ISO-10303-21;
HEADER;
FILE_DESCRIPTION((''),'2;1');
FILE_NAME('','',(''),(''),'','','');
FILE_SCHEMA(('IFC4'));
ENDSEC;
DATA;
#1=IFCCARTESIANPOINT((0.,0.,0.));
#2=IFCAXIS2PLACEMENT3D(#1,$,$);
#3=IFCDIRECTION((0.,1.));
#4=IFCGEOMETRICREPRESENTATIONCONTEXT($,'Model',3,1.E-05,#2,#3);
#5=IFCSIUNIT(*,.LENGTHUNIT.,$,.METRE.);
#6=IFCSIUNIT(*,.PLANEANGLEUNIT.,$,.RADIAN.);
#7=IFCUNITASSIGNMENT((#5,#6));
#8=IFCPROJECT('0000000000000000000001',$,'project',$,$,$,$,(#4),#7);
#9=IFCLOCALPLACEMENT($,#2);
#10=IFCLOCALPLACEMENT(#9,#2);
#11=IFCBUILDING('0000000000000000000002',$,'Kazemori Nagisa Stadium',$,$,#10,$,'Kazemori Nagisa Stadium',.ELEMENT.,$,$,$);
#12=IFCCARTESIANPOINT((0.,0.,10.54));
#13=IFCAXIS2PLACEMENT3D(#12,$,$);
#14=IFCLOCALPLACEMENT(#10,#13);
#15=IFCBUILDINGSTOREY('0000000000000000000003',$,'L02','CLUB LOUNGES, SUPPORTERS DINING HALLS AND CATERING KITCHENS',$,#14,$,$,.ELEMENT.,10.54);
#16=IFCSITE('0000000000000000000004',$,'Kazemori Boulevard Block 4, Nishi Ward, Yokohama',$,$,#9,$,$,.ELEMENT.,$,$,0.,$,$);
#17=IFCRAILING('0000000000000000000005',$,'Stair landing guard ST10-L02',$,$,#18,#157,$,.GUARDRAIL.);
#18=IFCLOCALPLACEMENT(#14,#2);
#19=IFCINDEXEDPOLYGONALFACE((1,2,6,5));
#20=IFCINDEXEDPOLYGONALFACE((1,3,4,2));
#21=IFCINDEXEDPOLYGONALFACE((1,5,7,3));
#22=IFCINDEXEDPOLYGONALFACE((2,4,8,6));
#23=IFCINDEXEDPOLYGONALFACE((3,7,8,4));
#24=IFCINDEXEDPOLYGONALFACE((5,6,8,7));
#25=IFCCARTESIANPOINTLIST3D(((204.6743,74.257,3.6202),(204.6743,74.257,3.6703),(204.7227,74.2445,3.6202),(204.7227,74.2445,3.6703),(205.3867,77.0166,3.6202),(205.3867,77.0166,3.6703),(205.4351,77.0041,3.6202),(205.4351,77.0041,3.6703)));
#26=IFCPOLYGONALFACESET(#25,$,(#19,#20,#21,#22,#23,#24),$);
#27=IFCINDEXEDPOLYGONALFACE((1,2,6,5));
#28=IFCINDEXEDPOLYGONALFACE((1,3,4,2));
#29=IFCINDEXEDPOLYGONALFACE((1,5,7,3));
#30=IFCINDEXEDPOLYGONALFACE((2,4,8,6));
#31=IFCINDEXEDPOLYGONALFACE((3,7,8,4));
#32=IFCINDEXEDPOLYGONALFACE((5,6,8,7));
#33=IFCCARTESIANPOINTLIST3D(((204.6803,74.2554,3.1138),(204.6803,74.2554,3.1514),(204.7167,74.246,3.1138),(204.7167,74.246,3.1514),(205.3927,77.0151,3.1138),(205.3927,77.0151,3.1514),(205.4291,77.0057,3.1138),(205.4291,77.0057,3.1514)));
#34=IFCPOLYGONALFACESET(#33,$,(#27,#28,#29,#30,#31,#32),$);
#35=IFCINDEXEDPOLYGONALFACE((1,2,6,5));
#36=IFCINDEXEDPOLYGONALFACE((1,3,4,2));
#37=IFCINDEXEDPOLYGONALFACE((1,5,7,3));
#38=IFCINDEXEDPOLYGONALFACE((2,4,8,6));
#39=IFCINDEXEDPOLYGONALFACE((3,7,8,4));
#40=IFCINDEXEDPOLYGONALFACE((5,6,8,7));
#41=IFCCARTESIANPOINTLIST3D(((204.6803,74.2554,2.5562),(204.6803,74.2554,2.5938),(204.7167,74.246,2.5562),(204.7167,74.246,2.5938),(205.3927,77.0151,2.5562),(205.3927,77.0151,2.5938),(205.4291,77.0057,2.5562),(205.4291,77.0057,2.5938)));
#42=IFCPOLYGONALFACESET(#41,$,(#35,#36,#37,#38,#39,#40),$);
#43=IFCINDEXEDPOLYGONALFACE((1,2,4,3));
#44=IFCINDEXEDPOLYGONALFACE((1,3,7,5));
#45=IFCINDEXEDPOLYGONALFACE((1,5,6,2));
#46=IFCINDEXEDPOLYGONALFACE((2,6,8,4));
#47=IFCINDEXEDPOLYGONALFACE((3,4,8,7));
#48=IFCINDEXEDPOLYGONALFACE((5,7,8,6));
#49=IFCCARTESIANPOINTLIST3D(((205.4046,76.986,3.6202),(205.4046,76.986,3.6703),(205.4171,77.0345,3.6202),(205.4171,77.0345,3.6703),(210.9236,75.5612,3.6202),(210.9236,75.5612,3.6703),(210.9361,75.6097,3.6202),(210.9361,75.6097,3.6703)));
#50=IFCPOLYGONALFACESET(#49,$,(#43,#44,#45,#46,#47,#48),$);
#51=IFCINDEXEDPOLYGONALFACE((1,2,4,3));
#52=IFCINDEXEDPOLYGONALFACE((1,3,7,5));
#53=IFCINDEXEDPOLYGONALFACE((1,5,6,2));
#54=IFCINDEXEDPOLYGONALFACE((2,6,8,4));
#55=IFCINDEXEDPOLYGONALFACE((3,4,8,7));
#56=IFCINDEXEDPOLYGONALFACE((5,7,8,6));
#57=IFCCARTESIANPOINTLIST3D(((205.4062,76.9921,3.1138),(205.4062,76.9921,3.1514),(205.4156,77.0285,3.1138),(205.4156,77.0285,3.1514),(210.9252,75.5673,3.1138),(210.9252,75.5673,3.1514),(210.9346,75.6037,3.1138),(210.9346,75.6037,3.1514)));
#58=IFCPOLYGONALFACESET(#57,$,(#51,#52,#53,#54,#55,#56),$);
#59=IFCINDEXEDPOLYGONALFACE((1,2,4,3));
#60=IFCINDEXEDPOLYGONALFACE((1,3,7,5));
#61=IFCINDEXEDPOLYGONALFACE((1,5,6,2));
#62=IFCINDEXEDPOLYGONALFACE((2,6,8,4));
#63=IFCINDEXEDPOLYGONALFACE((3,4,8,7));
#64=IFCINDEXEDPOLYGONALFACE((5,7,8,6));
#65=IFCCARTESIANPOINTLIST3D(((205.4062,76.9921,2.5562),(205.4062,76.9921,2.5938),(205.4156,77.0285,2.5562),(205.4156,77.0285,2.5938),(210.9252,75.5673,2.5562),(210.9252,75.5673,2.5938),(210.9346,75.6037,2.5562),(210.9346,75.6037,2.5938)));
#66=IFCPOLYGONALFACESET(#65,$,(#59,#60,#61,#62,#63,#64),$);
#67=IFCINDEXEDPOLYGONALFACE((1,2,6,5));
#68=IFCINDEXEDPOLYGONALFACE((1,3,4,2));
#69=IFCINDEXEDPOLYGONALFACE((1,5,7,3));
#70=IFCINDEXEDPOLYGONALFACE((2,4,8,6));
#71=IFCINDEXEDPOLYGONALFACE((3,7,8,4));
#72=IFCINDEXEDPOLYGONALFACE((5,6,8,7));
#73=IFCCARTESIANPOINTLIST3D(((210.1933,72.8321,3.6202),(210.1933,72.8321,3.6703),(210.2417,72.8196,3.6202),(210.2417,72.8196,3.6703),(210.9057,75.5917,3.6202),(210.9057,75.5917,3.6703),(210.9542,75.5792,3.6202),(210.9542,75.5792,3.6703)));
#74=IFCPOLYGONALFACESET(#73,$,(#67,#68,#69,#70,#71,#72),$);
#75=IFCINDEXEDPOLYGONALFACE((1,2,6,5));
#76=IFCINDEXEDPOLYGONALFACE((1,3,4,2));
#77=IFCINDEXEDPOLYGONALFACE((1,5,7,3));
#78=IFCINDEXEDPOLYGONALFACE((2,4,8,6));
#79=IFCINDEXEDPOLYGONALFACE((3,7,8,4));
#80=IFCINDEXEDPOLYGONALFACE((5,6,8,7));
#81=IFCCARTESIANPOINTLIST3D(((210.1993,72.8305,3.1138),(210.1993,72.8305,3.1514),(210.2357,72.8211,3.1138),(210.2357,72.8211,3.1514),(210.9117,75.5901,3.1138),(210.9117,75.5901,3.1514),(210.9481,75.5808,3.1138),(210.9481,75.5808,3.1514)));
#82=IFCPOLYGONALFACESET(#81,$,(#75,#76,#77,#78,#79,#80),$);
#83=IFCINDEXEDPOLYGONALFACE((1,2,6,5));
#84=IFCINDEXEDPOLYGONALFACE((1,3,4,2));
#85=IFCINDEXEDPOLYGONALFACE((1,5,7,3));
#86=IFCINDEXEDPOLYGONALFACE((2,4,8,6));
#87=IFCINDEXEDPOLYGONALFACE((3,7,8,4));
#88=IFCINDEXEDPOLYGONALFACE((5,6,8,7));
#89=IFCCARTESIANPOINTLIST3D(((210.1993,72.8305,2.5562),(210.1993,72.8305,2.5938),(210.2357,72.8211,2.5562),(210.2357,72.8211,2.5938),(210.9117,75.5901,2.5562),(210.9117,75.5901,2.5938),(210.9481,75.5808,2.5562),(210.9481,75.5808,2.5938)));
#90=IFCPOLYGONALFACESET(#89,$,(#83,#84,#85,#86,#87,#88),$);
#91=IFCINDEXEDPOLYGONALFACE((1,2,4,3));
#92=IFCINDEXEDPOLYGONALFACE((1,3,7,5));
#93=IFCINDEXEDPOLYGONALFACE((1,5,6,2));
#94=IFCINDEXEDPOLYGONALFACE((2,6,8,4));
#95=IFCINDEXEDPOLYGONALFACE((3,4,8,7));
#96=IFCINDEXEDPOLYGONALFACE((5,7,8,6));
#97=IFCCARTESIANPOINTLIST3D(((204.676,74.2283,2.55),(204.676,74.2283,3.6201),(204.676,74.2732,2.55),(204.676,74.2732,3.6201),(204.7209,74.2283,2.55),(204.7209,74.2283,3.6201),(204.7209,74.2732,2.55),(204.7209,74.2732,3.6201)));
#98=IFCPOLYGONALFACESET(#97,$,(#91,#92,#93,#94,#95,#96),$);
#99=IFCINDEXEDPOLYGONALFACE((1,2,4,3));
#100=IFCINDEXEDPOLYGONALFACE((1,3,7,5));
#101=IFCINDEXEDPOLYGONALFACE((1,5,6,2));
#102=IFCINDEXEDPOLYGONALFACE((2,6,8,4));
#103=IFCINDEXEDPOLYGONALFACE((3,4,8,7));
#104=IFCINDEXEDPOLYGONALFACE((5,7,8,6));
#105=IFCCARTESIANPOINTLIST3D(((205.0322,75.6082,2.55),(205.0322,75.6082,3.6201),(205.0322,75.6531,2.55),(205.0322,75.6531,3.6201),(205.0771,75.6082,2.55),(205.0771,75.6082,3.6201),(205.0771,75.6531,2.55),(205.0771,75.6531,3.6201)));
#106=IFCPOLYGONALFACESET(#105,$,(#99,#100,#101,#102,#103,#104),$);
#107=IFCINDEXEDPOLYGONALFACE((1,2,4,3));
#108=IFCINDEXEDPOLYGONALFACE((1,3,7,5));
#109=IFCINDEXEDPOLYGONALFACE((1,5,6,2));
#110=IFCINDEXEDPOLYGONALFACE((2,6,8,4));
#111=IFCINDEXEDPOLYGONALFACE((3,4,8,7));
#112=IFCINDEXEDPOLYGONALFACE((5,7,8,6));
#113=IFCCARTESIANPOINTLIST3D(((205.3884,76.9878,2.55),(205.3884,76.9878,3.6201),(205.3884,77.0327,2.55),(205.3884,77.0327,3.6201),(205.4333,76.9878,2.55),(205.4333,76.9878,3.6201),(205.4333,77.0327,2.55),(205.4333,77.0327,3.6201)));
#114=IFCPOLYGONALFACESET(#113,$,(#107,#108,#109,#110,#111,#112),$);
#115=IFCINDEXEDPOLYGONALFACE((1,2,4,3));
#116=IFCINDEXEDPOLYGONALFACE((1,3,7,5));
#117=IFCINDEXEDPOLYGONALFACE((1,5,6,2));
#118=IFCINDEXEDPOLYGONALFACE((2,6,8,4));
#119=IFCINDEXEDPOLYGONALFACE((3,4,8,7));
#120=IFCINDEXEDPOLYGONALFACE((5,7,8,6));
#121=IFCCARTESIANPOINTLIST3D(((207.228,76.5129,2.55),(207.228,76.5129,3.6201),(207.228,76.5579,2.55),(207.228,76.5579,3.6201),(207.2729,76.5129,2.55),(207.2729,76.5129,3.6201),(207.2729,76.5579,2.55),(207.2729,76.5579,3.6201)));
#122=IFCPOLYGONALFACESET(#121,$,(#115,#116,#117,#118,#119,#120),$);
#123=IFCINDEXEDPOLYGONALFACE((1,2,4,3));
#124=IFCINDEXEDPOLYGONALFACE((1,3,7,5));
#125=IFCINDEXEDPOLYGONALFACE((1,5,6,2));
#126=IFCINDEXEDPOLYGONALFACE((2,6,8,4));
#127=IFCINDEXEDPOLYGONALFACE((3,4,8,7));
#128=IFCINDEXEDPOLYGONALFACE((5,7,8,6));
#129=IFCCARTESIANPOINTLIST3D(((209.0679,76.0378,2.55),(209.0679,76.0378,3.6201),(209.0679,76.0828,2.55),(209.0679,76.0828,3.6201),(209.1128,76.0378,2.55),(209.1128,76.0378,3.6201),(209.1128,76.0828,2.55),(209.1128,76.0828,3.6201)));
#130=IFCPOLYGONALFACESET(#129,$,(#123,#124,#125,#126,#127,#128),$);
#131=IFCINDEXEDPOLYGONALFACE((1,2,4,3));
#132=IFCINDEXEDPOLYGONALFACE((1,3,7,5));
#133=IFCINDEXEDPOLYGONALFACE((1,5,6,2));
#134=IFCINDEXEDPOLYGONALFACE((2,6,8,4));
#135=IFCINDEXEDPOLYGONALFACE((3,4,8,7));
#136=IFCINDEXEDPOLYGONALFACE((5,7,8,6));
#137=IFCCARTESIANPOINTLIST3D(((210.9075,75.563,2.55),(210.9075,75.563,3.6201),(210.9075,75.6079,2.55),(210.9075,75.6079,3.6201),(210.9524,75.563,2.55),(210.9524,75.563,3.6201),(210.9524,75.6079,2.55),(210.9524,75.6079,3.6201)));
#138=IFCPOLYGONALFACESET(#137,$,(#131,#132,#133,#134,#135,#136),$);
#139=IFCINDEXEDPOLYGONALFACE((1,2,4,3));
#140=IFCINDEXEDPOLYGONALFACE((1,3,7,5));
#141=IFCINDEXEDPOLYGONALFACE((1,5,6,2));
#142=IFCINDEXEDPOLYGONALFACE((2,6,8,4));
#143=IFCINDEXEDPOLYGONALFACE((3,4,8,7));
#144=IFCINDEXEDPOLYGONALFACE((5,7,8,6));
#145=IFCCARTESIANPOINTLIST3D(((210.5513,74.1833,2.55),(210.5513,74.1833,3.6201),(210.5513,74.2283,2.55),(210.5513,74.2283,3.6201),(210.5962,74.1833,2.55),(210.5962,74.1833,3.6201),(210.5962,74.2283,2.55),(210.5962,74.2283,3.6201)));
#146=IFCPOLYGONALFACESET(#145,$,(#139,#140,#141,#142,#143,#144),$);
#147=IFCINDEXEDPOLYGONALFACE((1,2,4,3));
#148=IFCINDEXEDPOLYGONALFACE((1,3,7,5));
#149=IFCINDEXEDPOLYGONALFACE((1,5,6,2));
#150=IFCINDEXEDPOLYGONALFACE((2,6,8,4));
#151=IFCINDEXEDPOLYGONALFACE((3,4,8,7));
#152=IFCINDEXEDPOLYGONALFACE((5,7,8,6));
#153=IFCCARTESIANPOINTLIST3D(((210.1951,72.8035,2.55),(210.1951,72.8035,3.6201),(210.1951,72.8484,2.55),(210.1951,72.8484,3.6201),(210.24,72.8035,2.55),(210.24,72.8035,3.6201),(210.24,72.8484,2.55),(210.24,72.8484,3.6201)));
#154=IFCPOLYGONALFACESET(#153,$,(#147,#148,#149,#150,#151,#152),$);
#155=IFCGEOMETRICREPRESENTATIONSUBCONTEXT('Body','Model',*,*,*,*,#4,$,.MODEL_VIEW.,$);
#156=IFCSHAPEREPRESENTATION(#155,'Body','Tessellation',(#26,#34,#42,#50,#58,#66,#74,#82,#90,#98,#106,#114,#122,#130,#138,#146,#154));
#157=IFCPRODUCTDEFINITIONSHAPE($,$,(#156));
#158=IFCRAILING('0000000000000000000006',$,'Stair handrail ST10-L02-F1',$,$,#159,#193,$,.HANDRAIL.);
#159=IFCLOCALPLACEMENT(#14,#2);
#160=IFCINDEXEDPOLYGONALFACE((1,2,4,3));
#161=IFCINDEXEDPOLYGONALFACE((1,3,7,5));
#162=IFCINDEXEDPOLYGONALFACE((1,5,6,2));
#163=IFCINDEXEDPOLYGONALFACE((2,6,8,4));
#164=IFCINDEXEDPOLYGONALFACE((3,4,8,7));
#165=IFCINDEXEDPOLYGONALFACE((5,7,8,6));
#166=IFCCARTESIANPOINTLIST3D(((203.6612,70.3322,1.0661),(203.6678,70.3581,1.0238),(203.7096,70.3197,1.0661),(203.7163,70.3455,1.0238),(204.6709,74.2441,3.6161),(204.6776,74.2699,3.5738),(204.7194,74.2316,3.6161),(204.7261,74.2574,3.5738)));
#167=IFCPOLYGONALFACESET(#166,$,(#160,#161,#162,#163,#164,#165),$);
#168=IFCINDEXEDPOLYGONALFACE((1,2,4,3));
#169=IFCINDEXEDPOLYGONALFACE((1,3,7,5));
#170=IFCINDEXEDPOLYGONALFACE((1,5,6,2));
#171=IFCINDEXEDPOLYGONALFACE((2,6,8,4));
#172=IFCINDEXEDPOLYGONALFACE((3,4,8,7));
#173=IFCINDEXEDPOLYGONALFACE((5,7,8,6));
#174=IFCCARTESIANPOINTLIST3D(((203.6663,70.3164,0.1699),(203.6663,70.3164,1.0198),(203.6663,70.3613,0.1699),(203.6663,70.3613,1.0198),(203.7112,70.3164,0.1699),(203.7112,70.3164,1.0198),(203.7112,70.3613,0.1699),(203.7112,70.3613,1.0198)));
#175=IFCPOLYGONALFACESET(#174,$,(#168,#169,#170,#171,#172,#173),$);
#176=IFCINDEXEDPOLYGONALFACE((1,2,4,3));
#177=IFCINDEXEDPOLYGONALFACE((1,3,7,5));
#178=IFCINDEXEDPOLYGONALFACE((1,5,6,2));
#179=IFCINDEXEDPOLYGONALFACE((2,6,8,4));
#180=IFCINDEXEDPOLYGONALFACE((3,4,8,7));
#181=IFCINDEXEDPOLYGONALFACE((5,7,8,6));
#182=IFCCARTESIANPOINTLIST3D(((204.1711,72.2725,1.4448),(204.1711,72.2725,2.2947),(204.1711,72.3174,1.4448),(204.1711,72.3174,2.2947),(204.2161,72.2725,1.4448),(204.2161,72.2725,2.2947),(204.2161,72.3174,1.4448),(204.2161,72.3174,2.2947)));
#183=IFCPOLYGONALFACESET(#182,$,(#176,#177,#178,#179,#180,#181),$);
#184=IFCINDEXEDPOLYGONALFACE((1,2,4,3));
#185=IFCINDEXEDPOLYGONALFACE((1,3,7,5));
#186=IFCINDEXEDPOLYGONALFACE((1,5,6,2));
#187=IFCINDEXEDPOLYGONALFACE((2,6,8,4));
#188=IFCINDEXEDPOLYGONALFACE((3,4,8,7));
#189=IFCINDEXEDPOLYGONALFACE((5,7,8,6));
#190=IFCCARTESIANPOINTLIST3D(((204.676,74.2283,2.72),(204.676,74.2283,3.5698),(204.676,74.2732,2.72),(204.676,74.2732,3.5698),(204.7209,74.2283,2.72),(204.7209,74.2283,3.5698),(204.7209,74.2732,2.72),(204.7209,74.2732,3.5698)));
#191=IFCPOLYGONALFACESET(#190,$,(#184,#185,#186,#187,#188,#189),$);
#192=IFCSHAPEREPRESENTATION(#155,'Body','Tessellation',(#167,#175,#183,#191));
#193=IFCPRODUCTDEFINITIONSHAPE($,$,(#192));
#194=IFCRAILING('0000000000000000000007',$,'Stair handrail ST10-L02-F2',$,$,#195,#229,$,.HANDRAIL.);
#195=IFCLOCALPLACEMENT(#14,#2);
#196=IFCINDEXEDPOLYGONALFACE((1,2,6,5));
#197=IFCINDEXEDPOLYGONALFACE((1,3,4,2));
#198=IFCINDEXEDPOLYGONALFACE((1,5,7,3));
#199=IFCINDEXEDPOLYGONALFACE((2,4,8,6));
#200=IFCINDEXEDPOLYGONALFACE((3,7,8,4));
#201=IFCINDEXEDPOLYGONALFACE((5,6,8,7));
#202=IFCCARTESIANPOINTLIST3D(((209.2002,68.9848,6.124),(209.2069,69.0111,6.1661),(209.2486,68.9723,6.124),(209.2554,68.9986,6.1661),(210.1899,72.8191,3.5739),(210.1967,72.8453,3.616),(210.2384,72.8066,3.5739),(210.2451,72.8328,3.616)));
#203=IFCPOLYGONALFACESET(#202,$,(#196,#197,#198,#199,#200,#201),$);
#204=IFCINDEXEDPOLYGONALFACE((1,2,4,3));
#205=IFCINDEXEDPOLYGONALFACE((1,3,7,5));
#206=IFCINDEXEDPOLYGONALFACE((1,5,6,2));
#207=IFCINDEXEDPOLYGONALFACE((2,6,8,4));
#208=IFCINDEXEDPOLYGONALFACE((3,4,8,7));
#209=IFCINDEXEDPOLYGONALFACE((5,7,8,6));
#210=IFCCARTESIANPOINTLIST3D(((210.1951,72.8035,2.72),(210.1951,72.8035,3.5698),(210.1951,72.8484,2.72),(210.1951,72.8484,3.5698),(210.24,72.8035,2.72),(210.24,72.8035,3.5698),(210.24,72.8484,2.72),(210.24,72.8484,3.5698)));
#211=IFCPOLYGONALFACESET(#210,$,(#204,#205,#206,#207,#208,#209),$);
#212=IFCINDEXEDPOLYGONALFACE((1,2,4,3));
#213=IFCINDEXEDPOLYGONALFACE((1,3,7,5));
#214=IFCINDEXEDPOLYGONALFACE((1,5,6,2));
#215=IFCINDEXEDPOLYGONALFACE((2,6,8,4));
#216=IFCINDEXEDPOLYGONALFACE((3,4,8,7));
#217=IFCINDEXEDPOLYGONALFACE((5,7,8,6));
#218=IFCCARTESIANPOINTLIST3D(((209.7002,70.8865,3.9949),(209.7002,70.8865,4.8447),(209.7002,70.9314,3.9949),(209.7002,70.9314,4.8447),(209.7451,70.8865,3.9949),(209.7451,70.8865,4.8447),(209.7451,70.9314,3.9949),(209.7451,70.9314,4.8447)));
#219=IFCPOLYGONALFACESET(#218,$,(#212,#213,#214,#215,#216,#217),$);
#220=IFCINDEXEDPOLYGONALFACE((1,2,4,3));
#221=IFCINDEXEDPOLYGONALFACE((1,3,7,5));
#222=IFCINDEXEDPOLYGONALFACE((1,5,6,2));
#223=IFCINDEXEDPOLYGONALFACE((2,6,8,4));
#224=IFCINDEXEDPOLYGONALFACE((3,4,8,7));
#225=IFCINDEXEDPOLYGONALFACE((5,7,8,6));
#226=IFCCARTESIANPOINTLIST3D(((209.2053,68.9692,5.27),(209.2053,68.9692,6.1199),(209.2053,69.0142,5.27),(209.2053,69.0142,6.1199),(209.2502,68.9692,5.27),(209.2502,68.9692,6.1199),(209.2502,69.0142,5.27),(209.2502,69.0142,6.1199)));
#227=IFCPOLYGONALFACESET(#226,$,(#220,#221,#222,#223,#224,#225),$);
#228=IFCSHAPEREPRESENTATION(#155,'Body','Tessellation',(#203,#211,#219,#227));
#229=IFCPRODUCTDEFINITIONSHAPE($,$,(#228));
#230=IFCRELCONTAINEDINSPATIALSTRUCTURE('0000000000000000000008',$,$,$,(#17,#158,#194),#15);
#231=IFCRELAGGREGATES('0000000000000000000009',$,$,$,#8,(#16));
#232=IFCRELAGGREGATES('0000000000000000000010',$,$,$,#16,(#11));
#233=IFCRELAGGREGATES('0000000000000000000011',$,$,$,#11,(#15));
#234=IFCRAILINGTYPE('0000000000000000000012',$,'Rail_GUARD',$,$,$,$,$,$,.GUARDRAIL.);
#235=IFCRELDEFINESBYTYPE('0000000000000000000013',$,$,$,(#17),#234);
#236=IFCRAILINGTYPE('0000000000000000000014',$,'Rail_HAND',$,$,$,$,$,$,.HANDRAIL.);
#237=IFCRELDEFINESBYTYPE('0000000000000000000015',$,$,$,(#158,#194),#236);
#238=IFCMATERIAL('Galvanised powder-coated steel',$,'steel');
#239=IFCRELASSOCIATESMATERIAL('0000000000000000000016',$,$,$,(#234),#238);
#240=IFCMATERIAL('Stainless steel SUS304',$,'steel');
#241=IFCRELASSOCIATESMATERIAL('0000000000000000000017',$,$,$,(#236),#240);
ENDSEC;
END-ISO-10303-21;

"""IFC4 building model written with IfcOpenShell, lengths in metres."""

from ifc_helpers import new_model, si_unit, direction, frame, origin, origin_2d, place, context, subcontext, project, spatial, rectangle, extrude, material, type_object, element, save


model = new_model("IFC4")

# Units and contexts
model_context = context("Model", 3, precision=1e-05, world=origin(), true_north=direction((0.0, 1.0)))
body_context = subcontext(model_context, "Body", "Model", "MODEL_VIEW")
ifc_project = project(units=[si_unit("LENGTHUNIT", "METRE"), si_unit("PLANEANGLEUNIT", "RADIAN")], contexts=[model_context])

# Site, building, storey
site_placement = place(None, origin())
site = spatial("IfcSite", under=ifc_project, at=site_placement, Name="Kazemori Boulevard Block 4, Nishi Ward, Yokohama", CompositionType="ELEMENT", RefElevation=0.0)
building_placement = place(site_placement, origin())
building = spatial("IfcBuilding", under=site, at=building_placement, Name="Kazemori Nagisa Stadium", LongName="Kazemori Nagisa Stadium", CompositionType="ELEMENT")
storey_placement = place(building_placement, frame((0.0, 0.0, 10.54)))
storey = spatial("IfcBuildingStorey", under=building, at=storey_placement, Name="L02", Description="CLUB LOUNGES, SUPPORTERS DINING HALLS AND CATERING KITCHENS", CompositionType="ELEMENT", Elevation=10.54)

# Shared definitions
ifc_material_1 = material(Name="Stainless steel SUS304", Category="steel")

# Railings
ifc_material_2 = material(Name="Galvanised powder-coated steel", Category="steel")
railing_type_1 = type_object("IfcRailingType", Name="Rail_GUARD", PredefinedType="GUARDRAIL", material=ifc_material_2)
railing_1_placement = place(storey_placement, frame((204.6985, 74.2507, 2.55)))
element("IfcRailing", 1, at=railing_1_placement, inside=storey, type_object=railing_type_1, Name="Stair landing guard ST10-L02", PredefinedType="GUARDRAIL", context=body_context, shape_type="SweptSolid", body=[
    extrude(rectangle(XDim=0.05, YDim=0.05, at=origin_2d()), frame((0.0, 0.0, 1.0952), z_axis=(0.249966, 0.968255, 0.0), x_axis=(-0.968255, 0.249966, 0.0)), (0.0, 0.0, 1.0), 2.8501),
    extrude(rectangle(XDim=0.0376, YDim=0.0376, at=origin_2d()), frame((0.0, 0.0, 0.5825), z_axis=(0.249966, 0.968255, 0.0), x_axis=(-0.968255, 0.249966, 0.0)), (0.0, 0.0, 1.0), 2.8501),
    extrude(rectangle(XDim=0.0376, YDim=0.0376, at=origin_2d()), frame((0.0, 0.0, 0.0249), z_axis=(0.249966, 0.968255, 0.0), x_axis=(-0.968255, 0.249966, 0.0)), (0.0, 0.0, 1.0), 2.8501),
    extrude(rectangle(XDim=0.05, YDim=0.05, at=origin_2d()), frame((0.7124, 2.7595, 1.0952), z_axis=(0.968255, -0.249966, 0.0), x_axis=(0.249966, 0.968255, 0.0)), (0.0, 0.0, 1.0), 5.7),
    extrude(rectangle(XDim=0.0376, YDim=0.0376, at=origin_2d()), frame((0.7124, 2.7595, 0.5825), z_axis=(0.968255, -0.249966, 0.0), x_axis=(0.249966, 0.968255, 0.0)), (0.0, 0.0, 1.0), 5.7),
    extrude(rectangle(XDim=0.0376, YDim=0.0376, at=origin_2d()), frame((0.7124, 2.7595, 0.0249), z_axis=(0.968255, -0.249966, 0.0), x_axis=(0.249966, 0.968255, 0.0)), (0.0, 0.0, 1.0), 5.7),
    extrude(rectangle(XDim=0.05, YDim=0.05, at=origin_2d()), frame((6.2314, 1.3347, 1.0952), z_axis=(-0.249966, -0.968255, 0.0), x_axis=(0.968255, -0.249966, 0.0)), (0.0, 0.0, 1.0), 2.8501),
    extrude(rectangle(XDim=0.0376, YDim=0.0376, at=origin_2d()), frame((6.2314, 1.3347, 0.5825), z_axis=(-0.249966, -0.968255, 0.0), x_axis=(0.968255, -0.249966, 0.0)), (0.0, 0.0, 1.0), 2.8501),
    extrude(rectangle(XDim=0.0376, YDim=0.0376, at=origin_2d()), frame((6.2314, 1.3347, 0.0249), z_axis=(-0.249966, -0.968255, 0.0), x_axis=(0.968255, -0.249966, 0.0)), (0.0, 0.0, 1.0), 2.8501),
    extrude(rectangle(XDim=0.0449, YDim=0.0449, at=origin_2d()), origin(), (0.0, 0.0, 1.0), 1.0701),
    extrude(rectangle(XDim=0.0449, YDim=0.0449, at=origin_2d()), frame((0.3562, 1.3799, 0.0)), (0.0, 0.0, 1.0), 1.0701),
    extrude(rectangle(XDim=0.0449, YDim=0.0449, at=origin_2d()), frame((0.7124, 2.7595, 0.0)), (0.0, 0.0, 1.0), 1.0701),
    extrude(rectangle(XDim=0.0449, YDim=0.0449, at=origin_2d()), frame((2.552, 2.2847, 0.0)), (0.0, 0.0, 1.0), 1.0701),
    extrude(rectangle(XDim=0.0449, YDim=0.0449, at=origin_2d()), frame((4.3918, 1.8096, 0.0)), (0.0, 0.0, 1.0), 1.0701),
    extrude(rectangle(XDim=0.0449, YDim=0.0449, at=origin_2d()), frame((6.2314, 1.3347, 0.0)), (0.0, 0.0, 1.0), 1.0701),
    extrude(rectangle(XDim=0.0449, YDim=0.0449, at=origin_2d()), frame((5.8752, -0.0449, 0.0)), (0.0, 0.0, 1.0), 1.0701),
    extrude(rectangle(XDim=0.0449, YDim=0.0449, at=origin_2d()), frame((5.519, -1.4248, 0.0)), (0.0, 0.0, 1.0), 1.0701),
])
railing_type_2 = type_object("IfcRailingType", Name="Rail_HAND", PredefinedType="HANDRAIL", material=ifc_material_1)
railing_2_placement = place(storey_placement, frame((203.6887, 70.3389, 0.1699)))
element("IfcRailing", 2, at=railing_2_placement, inside=storey, type_object=railing_type_2, Name="Stair handrail ST10-L02-F1", PredefinedType="HANDRAIL", context=body_context, shape_type="SweptSolid", body=[
    extrude(rectangle(XDim=0.05, YDim=0.05, at=origin_2d()), frame((0.0, 0.0, 0.875), z_axis=(0.211356, 0.8188, 0.533756), x_axis=(-0.968262, 0.249937, 0.0)), (0.0, 0.0, 1.0), 4.7776),
    extrude(rectangle(XDim=0.0449, YDim=0.0449, at=origin_2d()), origin(), (0.0, 0.0, 1.0), 0.8499),
    extrude(rectangle(XDim=0.0449, YDim=0.0449, at=origin_2d()), frame((0.5049, 1.9561, 1.2749)), (0.0, 0.0, 1.0), 0.8499),
    extrude(rectangle(XDim=0.0449, YDim=0.0449, at=origin_2d()), frame((1.0098, 3.9119, 2.55)), (0.0, 0.0, 1.0), 0.8499),
])
railing_3_placement = place(storey_placement, frame((210.2175, 72.8259, 2.72)))
element("IfcRailing", 3, at=railing_3_placement, inside=storey, type_object=railing_type_2, Name="Stair handrail ST10-L02-F2", PredefinedType="HANDRAIL", context=body_context, shape_type="SweptSolid", body=[
    extrude(rectangle(XDim=0.05, YDim=0.05, at=origin_2d()), frame((0.0, 0.0, 0.875), z_axis=(-0.210139, -0.814069, 0.541417), x_axis=(0.968261, -0.249941, 0.0)), (0.0, 0.0, 1.0), 4.71),
    extrude(rectangle(XDim=0.0449, YDim=0.0449, at=origin_2d()), origin(), (0.0, 0.0, 1.0), 0.8499),
    extrude(rectangle(XDim=0.0449, YDim=0.0449, at=origin_2d()), frame((-0.4949, -1.917, 1.2749)), (0.0, 0.0, 1.0), 0.8499),
    extrude(rectangle(XDim=0.0449, YDim=0.0449, at=origin_2d()), frame((-0.9897, -3.8342, 2.55)), (0.0, 0.0, 1.0), 0.8499),
])

save(model, "model.ifc")
